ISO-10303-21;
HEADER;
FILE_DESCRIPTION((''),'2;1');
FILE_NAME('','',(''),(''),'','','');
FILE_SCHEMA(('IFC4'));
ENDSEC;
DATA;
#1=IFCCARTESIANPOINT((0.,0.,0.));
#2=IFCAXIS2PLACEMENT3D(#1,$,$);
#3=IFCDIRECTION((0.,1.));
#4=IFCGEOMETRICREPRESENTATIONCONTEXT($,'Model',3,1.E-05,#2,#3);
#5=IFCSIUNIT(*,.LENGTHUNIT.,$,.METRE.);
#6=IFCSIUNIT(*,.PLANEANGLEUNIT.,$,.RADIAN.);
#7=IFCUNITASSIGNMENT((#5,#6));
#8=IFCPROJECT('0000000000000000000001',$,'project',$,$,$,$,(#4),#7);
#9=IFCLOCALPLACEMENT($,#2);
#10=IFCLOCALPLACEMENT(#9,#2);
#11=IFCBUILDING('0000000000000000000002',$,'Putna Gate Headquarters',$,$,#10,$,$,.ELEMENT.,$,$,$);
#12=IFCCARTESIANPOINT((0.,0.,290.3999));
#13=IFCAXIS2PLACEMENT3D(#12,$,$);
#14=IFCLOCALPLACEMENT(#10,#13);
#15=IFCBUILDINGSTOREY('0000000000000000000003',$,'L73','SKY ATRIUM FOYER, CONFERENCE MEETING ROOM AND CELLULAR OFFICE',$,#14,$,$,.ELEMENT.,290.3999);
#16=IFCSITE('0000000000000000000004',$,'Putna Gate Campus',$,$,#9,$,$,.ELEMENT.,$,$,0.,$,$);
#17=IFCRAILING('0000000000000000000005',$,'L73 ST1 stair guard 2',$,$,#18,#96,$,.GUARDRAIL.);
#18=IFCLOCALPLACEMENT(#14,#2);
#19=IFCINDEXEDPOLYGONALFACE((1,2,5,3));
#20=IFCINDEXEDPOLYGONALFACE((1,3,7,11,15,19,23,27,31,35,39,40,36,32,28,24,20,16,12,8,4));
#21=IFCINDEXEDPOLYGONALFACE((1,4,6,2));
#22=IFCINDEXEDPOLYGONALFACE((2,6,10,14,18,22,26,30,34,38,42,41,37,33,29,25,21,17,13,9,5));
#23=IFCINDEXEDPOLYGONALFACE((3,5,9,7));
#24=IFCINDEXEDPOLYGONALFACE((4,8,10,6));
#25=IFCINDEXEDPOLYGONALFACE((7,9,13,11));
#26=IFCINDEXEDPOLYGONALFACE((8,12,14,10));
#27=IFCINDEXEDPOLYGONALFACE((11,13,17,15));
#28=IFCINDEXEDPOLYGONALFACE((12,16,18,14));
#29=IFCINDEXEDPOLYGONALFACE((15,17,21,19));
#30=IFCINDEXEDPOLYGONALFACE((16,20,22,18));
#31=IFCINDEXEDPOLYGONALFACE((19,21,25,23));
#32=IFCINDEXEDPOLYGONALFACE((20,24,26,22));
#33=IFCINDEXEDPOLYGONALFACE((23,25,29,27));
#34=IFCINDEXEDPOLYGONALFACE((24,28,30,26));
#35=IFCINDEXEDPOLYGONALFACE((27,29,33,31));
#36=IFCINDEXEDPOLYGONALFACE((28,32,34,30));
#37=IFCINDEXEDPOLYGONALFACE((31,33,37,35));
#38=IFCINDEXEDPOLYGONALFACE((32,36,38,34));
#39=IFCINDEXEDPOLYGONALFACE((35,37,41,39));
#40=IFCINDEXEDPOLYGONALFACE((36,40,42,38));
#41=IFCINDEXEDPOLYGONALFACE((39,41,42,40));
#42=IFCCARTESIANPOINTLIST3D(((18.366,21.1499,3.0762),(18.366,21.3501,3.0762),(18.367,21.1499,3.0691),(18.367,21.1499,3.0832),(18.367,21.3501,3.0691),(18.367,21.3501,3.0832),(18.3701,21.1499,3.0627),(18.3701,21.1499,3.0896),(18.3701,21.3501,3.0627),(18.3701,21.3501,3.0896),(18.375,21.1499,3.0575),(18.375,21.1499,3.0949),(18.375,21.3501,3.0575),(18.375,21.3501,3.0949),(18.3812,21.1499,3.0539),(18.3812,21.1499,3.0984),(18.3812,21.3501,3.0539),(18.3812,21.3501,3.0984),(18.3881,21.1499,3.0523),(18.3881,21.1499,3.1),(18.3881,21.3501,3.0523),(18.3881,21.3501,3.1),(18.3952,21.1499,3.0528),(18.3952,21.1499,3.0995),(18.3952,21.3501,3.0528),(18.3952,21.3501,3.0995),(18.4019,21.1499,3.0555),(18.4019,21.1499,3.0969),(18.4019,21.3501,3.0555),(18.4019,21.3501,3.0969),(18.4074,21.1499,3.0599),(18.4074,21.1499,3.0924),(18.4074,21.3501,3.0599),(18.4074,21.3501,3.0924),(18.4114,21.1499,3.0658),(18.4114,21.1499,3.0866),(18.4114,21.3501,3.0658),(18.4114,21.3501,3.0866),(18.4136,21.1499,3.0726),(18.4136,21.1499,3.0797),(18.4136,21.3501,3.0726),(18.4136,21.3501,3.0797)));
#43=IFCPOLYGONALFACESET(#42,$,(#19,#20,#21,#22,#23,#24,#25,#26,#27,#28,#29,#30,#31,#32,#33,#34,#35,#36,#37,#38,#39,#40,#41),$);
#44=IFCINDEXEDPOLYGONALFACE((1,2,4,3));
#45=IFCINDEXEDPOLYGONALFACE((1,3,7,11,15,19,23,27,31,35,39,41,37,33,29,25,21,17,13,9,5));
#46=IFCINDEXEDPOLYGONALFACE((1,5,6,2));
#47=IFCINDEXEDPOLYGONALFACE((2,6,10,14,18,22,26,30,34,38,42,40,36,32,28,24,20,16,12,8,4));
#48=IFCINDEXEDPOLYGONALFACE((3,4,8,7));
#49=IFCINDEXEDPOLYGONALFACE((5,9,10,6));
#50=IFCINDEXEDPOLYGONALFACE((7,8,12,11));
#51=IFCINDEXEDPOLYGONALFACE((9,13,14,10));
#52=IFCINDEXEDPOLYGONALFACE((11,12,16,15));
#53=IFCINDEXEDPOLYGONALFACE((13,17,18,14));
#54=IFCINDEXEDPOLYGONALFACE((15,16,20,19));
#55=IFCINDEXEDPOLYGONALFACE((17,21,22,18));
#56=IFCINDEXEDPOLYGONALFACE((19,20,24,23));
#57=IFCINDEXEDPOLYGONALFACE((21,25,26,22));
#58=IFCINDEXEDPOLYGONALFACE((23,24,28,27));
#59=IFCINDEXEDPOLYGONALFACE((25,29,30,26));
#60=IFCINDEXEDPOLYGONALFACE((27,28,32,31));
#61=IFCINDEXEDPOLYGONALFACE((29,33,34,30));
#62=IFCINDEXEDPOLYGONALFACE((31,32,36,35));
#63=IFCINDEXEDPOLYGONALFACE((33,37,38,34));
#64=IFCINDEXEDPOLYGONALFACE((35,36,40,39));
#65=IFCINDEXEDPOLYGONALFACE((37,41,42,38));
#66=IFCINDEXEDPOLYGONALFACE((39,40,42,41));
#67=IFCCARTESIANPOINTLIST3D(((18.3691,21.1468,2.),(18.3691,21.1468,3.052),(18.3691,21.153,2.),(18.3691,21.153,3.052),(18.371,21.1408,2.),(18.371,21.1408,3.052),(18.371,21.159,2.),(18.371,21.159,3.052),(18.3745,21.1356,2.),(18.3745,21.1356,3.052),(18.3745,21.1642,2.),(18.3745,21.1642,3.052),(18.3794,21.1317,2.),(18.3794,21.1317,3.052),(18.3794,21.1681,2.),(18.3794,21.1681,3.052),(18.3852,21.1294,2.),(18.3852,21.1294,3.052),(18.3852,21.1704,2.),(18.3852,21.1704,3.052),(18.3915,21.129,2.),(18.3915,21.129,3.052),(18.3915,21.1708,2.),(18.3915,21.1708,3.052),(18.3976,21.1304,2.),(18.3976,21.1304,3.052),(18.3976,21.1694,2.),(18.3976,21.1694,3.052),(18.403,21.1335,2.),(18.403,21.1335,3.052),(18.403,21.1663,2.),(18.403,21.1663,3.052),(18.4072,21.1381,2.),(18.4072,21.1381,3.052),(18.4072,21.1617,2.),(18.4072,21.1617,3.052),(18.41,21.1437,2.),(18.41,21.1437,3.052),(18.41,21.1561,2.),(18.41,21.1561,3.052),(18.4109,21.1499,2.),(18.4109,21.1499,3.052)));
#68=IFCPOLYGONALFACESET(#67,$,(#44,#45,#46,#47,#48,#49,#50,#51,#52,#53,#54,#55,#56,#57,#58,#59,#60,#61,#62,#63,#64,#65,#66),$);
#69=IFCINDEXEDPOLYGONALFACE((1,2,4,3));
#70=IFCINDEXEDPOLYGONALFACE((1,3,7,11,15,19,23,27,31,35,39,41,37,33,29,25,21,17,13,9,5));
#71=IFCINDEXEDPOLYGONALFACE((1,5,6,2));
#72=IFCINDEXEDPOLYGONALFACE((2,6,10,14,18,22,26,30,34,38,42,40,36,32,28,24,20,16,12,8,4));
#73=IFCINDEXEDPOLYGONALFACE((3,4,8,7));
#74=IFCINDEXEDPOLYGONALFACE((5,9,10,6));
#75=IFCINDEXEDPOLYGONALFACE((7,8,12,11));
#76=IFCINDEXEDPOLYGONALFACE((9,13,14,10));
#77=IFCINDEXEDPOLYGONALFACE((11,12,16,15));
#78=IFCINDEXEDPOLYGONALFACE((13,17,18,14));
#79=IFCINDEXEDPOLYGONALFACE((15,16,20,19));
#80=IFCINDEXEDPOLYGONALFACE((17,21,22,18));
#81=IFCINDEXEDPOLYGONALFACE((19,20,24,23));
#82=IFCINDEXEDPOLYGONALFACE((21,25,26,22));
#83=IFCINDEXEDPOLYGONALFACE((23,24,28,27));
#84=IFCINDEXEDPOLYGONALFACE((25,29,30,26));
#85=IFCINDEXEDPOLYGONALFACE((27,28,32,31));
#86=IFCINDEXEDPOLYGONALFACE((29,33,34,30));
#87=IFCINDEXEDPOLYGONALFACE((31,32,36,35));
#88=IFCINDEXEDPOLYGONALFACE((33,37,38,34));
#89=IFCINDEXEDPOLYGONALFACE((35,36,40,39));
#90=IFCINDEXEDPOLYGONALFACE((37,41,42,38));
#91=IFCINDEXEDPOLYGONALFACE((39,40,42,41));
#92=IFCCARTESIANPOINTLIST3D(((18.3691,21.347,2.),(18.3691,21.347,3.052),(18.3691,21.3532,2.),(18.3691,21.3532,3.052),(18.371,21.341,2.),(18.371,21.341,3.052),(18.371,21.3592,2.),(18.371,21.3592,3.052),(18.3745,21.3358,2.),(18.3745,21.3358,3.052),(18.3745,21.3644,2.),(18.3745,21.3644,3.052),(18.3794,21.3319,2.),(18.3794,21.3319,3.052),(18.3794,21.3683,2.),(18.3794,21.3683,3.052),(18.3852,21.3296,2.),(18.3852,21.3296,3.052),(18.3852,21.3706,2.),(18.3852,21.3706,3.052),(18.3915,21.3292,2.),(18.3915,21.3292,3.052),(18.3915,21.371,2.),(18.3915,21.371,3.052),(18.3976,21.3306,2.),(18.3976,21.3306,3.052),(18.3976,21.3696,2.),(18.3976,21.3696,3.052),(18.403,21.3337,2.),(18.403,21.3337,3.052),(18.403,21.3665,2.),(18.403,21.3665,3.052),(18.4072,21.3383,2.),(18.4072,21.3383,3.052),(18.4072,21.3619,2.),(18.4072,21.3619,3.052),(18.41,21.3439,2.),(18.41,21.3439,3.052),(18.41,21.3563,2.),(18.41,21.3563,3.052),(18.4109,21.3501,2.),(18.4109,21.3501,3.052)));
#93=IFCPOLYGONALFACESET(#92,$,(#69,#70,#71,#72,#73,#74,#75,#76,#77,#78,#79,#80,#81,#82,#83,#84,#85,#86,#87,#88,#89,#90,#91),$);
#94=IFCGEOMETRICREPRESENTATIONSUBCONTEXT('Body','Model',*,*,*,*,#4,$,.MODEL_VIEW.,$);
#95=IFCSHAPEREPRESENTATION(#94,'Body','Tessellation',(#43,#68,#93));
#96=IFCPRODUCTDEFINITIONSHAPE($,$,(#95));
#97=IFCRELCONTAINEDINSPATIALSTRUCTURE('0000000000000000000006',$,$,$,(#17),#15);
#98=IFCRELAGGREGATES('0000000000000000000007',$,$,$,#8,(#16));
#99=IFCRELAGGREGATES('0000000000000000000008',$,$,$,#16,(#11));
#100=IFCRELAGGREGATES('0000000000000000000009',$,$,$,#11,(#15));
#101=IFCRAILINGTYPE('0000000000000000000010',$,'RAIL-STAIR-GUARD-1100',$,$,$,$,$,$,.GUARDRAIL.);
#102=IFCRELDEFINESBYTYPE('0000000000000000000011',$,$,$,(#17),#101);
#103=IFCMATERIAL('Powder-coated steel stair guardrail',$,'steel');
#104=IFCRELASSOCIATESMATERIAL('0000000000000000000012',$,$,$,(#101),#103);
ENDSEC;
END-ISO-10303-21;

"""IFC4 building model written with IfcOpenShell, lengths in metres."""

from ifc_helpers import new_model, si_unit, direction, frame, origin, origin_2d, place, context, subcontext, project, spatial, circle, extrude, material, type_object, element, save


model = new_model("IFC4")

# Units and contexts
model_context = context("Model", 3, precision=1e-05, world=origin(), true_north=direction((0.0, 1.0)))
body_context = subcontext(model_context, "Body", "Model", "MODEL_VIEW")
ifc_project = project(units=[si_unit("LENGTHUNIT", "METRE"), si_unit("PLANEANGLEUNIT", "RADIAN")], contexts=[model_context])

# Site, building, storey
site_placement = place(None, origin())
site = spatial("IfcSite", under=ifc_project, at=site_placement, Name="Putna Gate Campus", CompositionType="ELEMENT", RefElevation=0.0)
building_placement = place(site_placement, origin())
building = spatial("IfcBuilding", under=site, at=building_placement, Name="Putna Gate Headquarters", CompositionType="ELEMENT")
storey_placement = place(building_placement, frame((0.0, 0.0, 290.3999)))
storey = spatial("IfcBuildingStorey", under=building, at=storey_placement, Name="L73", Description="SKY ATRIUM FOYER, CONFERENCE MEETING ROOM AND CELLULAR OFFICE", CompositionType="ELEMENT", Elevation=290.3999)

# Railing
ifc_material_1 = material(Name="Powder-coated steel stair guardrail", Category="steel")
railing_type_1 = type_object("IfcRailingType", Name="RAIL-STAIR-GUARD-1100", PredefinedType="GUARDRAIL", material=ifc_material_1)
railing_1_placement = place(storey_placement, frame((18.3899, 21.1499, 2.0)))
element("IfcRailing", 1, at=railing_1_placement, inside=storey, type_object=railing_type_1, Name="L73 ST1 stair guard 2", PredefinedType="GUARDRAIL", context=body_context, shape_type="SweptSolid", body=[
    extrude(circle(Radius=0.0239, at=origin_2d()), frame((0.0, 0.0, 1.0762), z_axis=(0.0, 1.0, 0.0), x_axis=(-1.0, 0.0, 0.0)), (0.0, 0.0, 1.0), 0.2002),
    extrude(circle(Radius=0.021, at=origin_2d()), origin(), (0.0, 0.0, 1.0), 1.052),
    extrude(circle(Radius=0.021, at=origin_2d()), frame((0.0, 0.2002, 0.0)), (0.0, 0.0, 1.0), 1.052),
])

save(model, "model.ifc")
